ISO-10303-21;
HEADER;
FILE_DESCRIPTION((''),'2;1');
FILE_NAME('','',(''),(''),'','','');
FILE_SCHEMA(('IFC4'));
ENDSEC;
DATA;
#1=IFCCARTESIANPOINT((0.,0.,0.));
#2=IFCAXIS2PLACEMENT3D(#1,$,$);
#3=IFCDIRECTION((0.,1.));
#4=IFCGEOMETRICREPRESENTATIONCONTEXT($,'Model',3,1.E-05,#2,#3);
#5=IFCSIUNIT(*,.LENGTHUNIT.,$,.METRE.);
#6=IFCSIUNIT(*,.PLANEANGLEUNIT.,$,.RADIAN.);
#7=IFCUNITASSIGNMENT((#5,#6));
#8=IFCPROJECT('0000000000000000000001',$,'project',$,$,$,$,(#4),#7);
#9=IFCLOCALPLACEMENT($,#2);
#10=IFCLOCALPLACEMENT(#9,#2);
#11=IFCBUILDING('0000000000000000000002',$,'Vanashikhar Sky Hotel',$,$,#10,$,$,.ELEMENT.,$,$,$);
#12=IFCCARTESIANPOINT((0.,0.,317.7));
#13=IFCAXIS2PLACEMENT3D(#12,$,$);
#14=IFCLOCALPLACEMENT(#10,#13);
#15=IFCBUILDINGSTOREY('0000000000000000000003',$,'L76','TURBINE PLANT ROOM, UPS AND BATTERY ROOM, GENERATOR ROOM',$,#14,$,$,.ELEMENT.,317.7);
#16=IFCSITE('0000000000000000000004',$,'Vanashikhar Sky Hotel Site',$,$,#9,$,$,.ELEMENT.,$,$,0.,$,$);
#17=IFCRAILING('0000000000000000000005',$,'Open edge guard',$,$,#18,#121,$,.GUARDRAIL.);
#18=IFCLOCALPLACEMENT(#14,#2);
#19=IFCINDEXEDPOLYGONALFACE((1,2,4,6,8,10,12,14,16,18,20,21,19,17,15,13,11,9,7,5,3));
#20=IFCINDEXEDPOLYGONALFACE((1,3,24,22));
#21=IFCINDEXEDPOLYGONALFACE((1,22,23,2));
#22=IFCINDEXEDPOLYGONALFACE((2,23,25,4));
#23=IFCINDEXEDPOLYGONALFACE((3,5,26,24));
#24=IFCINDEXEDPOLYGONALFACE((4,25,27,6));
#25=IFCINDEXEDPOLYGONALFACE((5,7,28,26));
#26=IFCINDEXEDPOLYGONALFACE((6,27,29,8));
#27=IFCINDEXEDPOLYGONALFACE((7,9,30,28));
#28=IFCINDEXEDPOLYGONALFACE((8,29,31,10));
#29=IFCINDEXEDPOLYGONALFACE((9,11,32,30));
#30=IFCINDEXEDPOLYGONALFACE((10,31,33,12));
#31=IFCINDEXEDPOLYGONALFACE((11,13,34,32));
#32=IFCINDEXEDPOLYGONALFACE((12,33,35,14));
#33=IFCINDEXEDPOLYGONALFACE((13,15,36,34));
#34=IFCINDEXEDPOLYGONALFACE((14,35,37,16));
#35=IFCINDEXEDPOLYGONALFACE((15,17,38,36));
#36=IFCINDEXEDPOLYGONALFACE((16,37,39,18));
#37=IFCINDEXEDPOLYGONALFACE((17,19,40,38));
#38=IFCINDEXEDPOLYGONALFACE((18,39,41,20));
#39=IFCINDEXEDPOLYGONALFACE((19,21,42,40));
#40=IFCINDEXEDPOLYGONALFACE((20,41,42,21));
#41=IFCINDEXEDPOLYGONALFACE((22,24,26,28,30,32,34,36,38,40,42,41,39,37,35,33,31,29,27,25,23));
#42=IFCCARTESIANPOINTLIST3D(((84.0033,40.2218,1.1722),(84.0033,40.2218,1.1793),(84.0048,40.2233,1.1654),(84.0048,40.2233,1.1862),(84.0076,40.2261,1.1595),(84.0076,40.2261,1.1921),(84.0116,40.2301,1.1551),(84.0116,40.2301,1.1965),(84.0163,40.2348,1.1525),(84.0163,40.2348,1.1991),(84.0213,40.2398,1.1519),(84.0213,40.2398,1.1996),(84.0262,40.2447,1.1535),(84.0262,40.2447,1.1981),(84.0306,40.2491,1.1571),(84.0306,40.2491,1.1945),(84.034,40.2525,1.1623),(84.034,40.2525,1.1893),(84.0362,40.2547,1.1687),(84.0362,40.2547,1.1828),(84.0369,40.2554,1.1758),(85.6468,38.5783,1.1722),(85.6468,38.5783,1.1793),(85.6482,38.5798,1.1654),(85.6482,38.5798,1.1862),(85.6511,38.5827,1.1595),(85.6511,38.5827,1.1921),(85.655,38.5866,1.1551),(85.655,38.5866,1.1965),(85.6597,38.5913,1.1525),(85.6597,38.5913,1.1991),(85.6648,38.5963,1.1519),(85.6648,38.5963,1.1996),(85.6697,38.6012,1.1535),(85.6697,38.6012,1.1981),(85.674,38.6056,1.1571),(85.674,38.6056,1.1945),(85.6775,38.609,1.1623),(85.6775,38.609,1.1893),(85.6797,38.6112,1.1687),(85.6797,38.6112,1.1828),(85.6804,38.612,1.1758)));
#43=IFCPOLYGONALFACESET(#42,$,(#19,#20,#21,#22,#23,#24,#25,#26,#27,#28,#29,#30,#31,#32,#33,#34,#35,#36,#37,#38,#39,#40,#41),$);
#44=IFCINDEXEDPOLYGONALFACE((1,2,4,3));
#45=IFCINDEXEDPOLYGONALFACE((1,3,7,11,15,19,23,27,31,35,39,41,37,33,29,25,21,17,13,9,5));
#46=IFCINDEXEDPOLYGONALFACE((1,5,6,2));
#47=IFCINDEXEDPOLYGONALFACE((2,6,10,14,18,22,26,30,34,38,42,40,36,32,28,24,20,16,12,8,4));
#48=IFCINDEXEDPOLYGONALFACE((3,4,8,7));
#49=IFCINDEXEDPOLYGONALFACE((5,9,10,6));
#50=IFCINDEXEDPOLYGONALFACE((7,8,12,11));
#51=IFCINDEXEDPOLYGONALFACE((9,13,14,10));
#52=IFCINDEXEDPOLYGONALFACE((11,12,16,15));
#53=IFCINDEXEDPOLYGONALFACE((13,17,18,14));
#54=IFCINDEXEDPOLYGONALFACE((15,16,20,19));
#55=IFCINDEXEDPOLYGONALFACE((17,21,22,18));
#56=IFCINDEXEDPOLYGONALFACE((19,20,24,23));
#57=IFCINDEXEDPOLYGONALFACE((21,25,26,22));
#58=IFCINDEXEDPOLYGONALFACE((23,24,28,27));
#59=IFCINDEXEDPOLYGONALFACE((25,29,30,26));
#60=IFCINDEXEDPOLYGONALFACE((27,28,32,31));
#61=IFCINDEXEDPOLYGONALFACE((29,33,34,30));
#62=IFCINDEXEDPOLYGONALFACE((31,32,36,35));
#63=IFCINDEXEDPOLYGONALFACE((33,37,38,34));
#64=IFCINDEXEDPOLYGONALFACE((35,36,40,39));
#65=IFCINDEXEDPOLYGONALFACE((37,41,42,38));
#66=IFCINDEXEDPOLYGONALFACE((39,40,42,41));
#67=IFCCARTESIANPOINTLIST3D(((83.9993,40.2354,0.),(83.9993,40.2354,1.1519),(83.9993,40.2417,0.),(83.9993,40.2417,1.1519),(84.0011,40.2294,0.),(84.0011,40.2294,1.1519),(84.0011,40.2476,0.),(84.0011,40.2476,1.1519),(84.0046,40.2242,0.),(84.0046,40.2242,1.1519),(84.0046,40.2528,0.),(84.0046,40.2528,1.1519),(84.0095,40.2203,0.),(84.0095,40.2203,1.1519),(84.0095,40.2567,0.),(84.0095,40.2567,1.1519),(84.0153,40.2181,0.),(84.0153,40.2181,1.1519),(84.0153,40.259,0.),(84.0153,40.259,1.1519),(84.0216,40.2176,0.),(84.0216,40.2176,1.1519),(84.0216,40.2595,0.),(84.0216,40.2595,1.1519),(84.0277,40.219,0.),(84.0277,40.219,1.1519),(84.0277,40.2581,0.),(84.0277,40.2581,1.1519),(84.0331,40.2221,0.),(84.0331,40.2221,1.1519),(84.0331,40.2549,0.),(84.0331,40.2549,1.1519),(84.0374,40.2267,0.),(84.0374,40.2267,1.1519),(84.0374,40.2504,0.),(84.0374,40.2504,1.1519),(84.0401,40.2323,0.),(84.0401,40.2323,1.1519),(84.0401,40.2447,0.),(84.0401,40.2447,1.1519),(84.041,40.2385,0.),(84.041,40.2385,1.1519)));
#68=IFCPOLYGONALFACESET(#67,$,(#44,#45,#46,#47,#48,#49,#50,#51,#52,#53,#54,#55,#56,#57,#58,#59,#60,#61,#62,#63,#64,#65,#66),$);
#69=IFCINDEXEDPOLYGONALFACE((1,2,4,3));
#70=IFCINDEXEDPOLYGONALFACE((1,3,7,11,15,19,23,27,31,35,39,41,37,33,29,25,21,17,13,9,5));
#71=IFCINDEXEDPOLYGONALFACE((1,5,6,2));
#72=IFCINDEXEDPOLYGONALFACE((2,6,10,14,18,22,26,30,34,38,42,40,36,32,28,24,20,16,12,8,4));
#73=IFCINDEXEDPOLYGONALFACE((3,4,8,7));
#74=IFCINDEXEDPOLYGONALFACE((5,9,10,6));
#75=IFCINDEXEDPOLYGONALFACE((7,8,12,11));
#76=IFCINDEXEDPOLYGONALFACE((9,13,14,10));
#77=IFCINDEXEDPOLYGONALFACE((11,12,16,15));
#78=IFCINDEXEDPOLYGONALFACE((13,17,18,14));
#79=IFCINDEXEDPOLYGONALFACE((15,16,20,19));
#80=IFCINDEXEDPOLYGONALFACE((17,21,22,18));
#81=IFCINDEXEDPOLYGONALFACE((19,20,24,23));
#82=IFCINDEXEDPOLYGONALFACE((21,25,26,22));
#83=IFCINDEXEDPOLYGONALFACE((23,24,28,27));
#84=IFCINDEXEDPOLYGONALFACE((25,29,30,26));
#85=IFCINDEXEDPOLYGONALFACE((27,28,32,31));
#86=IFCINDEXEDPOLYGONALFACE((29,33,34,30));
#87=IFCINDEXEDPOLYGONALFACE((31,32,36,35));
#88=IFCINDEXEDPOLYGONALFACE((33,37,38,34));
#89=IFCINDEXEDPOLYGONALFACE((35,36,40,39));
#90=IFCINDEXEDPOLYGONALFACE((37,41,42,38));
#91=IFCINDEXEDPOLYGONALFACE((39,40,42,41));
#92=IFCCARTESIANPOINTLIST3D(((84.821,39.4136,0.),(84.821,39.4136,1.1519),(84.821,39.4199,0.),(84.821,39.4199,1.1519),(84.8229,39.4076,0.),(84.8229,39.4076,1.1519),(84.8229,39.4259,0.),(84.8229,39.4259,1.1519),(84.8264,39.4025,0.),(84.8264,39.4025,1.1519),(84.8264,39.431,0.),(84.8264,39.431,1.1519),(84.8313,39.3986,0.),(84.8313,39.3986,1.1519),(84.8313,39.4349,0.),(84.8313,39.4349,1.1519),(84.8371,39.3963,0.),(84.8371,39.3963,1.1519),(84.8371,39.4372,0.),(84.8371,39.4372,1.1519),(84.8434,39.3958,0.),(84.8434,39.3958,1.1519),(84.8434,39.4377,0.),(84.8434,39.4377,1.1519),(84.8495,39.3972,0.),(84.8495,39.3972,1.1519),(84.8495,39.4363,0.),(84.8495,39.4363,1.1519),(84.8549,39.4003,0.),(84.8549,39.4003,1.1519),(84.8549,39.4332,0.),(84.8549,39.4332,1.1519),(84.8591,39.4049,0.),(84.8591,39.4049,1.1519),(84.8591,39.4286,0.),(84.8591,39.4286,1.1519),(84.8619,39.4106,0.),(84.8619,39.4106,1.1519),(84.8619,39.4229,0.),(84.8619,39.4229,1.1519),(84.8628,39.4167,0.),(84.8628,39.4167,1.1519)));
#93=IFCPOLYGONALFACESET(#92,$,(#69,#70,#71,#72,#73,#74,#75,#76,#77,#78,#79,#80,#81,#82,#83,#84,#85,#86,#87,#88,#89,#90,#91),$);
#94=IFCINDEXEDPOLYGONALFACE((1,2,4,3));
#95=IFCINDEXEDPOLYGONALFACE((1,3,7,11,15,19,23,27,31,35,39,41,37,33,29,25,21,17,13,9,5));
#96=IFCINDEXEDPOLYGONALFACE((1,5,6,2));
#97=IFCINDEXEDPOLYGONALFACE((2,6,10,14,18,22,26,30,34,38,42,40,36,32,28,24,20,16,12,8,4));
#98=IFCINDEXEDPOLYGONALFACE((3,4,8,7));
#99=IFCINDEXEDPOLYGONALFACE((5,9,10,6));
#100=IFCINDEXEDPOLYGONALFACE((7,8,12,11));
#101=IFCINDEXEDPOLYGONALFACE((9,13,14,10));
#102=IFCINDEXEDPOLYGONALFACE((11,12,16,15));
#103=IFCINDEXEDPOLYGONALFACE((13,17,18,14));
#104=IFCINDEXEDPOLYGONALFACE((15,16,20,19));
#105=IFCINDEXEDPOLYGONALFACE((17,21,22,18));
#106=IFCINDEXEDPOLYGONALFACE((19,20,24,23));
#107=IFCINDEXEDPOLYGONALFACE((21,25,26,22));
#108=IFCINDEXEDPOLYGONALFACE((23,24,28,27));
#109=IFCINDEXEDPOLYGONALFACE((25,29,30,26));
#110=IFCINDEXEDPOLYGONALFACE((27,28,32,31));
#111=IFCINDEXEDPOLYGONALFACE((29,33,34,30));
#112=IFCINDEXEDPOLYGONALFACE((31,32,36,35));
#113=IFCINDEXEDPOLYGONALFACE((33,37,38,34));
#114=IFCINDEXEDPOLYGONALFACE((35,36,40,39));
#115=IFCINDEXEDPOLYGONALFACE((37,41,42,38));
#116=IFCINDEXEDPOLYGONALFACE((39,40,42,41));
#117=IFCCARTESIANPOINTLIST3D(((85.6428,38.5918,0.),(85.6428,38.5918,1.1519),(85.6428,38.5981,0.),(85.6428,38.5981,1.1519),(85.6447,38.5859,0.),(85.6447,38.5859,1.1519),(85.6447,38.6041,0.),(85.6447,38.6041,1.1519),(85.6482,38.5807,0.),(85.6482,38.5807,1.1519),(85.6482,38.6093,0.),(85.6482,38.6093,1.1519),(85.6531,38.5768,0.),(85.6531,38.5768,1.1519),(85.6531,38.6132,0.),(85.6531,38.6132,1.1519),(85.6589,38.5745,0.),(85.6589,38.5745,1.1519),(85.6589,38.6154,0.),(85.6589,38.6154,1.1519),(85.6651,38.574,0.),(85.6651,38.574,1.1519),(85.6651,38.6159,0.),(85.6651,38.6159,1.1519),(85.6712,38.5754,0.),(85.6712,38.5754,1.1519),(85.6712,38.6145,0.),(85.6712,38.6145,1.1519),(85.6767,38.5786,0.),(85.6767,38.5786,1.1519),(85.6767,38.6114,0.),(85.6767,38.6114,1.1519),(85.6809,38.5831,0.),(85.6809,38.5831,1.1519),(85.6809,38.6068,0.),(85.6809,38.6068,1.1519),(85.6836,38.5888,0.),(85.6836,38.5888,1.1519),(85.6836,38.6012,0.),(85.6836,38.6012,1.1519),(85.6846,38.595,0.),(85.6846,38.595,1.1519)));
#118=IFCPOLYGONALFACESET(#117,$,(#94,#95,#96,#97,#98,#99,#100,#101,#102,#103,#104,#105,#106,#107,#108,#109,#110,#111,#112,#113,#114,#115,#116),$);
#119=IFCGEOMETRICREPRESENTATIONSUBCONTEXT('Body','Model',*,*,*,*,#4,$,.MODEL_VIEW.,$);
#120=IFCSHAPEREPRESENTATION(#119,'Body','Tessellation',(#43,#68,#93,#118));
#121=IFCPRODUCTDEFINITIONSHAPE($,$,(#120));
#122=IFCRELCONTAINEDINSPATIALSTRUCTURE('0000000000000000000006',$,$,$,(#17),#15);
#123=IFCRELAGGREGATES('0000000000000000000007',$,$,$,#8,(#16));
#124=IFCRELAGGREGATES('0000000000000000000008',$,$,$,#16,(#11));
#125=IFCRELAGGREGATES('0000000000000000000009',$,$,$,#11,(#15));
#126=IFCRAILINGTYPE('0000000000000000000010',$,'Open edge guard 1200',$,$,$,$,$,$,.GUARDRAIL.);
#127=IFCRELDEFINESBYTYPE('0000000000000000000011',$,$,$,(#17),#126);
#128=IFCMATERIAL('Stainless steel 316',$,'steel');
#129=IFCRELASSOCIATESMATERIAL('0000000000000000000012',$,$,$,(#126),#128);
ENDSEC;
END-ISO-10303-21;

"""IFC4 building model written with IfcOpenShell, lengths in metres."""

from ifc_helpers import new_model, si_unit, direction, frame, origin, origin_2d, place, context, subcontext, project, spatial, circle, extrude, source, transform, mapped, material, type_object, element, save


model = new_model("IFC4")

# Units and contexts
model_context = context("Model", 3, precision=1e-05, world=origin(), true_north=direction((0.0, 1.0)))
body_context = subcontext(model_context, "Body", "Model", "MODEL_VIEW")
ifc_project = project(units=[si_unit("LENGTHUNIT", "METRE"), si_unit("PLANEANGLEUNIT", "RADIAN")], contexts=[model_context])

# Site, building, storey
site_placement = place(None, origin())
site = spatial("IfcSite", under=ifc_project, at=site_placement, Name="Vanashikhar Sky Hotel Site", CompositionType="ELEMENT", RefElevation=0.0)
building_placement = place(site_placement, origin())
building = spatial("IfcBuilding", under=site, at=building_placement, Name="Vanashikhar Sky Hotel", CompositionType="ELEMENT")
storey_placement = place(building_placement, frame((0.0, 0.0, 317.7)))
storey = spatial("IfcBuildingStorey", under=building, at=storey_placement, Name="L76", Description="TURBINE PLANT ROOM, UPS AND BATTERY ROOM, GENERATOR ROOM", CompositionType="ELEMENT", Elevation=317.7)

# Railing
ifc_material_1 = material(Name="Stainless steel 316", Category="steel")
railing_type = type_object("IfcRailingType", Name="Open edge guard 1200", PredefinedType="GUARDRAIL", material=ifc_material_1)
shared_shape_1 = source(origin(), body_context, "Body", "SweptSolid", [
    extrude(circle(Radius=0.0239, at=origin_2d()), frame((0.0, 0.0, 1.1758), z_axis=(0.707107, -0.707107, 0.0), x_axis=(0.707107, 0.707107, 0.0)), (0.0, 0.0, 1.0), 2.3242),
    extrude(circle(Radius=0.021, at=origin_2d()), origin(), (0.0, 0.0, 1.0), 1.1519),
    extrude(circle(Radius=0.021, at=origin_2d()), frame((0.8218, -0.8218, 0.0)), (0.0, 0.0, 1.0), 1.1519),
    extrude(circle(Radius=0.021, at=origin_2d()), frame((1.6436, -1.6436, 0.0)), (0.0, 0.0, 1.0), 1.1519),
])
railing_1_placement = place(storey_placement, frame((84.02, 40.2385, 0.0)))
element("IfcRailing", 1, at=railing_1_placement, inside=storey, type_object=railing_type, Name="Open edge guard", PredefinedType="GUARDRAIL", context=body_context, shape_type="MappedRepresentation", body=[
    mapped(shared_shape_1, transform((0.0, 0.0, 0.0), scale=1.0)),
])

save(model, "model.ifc")
